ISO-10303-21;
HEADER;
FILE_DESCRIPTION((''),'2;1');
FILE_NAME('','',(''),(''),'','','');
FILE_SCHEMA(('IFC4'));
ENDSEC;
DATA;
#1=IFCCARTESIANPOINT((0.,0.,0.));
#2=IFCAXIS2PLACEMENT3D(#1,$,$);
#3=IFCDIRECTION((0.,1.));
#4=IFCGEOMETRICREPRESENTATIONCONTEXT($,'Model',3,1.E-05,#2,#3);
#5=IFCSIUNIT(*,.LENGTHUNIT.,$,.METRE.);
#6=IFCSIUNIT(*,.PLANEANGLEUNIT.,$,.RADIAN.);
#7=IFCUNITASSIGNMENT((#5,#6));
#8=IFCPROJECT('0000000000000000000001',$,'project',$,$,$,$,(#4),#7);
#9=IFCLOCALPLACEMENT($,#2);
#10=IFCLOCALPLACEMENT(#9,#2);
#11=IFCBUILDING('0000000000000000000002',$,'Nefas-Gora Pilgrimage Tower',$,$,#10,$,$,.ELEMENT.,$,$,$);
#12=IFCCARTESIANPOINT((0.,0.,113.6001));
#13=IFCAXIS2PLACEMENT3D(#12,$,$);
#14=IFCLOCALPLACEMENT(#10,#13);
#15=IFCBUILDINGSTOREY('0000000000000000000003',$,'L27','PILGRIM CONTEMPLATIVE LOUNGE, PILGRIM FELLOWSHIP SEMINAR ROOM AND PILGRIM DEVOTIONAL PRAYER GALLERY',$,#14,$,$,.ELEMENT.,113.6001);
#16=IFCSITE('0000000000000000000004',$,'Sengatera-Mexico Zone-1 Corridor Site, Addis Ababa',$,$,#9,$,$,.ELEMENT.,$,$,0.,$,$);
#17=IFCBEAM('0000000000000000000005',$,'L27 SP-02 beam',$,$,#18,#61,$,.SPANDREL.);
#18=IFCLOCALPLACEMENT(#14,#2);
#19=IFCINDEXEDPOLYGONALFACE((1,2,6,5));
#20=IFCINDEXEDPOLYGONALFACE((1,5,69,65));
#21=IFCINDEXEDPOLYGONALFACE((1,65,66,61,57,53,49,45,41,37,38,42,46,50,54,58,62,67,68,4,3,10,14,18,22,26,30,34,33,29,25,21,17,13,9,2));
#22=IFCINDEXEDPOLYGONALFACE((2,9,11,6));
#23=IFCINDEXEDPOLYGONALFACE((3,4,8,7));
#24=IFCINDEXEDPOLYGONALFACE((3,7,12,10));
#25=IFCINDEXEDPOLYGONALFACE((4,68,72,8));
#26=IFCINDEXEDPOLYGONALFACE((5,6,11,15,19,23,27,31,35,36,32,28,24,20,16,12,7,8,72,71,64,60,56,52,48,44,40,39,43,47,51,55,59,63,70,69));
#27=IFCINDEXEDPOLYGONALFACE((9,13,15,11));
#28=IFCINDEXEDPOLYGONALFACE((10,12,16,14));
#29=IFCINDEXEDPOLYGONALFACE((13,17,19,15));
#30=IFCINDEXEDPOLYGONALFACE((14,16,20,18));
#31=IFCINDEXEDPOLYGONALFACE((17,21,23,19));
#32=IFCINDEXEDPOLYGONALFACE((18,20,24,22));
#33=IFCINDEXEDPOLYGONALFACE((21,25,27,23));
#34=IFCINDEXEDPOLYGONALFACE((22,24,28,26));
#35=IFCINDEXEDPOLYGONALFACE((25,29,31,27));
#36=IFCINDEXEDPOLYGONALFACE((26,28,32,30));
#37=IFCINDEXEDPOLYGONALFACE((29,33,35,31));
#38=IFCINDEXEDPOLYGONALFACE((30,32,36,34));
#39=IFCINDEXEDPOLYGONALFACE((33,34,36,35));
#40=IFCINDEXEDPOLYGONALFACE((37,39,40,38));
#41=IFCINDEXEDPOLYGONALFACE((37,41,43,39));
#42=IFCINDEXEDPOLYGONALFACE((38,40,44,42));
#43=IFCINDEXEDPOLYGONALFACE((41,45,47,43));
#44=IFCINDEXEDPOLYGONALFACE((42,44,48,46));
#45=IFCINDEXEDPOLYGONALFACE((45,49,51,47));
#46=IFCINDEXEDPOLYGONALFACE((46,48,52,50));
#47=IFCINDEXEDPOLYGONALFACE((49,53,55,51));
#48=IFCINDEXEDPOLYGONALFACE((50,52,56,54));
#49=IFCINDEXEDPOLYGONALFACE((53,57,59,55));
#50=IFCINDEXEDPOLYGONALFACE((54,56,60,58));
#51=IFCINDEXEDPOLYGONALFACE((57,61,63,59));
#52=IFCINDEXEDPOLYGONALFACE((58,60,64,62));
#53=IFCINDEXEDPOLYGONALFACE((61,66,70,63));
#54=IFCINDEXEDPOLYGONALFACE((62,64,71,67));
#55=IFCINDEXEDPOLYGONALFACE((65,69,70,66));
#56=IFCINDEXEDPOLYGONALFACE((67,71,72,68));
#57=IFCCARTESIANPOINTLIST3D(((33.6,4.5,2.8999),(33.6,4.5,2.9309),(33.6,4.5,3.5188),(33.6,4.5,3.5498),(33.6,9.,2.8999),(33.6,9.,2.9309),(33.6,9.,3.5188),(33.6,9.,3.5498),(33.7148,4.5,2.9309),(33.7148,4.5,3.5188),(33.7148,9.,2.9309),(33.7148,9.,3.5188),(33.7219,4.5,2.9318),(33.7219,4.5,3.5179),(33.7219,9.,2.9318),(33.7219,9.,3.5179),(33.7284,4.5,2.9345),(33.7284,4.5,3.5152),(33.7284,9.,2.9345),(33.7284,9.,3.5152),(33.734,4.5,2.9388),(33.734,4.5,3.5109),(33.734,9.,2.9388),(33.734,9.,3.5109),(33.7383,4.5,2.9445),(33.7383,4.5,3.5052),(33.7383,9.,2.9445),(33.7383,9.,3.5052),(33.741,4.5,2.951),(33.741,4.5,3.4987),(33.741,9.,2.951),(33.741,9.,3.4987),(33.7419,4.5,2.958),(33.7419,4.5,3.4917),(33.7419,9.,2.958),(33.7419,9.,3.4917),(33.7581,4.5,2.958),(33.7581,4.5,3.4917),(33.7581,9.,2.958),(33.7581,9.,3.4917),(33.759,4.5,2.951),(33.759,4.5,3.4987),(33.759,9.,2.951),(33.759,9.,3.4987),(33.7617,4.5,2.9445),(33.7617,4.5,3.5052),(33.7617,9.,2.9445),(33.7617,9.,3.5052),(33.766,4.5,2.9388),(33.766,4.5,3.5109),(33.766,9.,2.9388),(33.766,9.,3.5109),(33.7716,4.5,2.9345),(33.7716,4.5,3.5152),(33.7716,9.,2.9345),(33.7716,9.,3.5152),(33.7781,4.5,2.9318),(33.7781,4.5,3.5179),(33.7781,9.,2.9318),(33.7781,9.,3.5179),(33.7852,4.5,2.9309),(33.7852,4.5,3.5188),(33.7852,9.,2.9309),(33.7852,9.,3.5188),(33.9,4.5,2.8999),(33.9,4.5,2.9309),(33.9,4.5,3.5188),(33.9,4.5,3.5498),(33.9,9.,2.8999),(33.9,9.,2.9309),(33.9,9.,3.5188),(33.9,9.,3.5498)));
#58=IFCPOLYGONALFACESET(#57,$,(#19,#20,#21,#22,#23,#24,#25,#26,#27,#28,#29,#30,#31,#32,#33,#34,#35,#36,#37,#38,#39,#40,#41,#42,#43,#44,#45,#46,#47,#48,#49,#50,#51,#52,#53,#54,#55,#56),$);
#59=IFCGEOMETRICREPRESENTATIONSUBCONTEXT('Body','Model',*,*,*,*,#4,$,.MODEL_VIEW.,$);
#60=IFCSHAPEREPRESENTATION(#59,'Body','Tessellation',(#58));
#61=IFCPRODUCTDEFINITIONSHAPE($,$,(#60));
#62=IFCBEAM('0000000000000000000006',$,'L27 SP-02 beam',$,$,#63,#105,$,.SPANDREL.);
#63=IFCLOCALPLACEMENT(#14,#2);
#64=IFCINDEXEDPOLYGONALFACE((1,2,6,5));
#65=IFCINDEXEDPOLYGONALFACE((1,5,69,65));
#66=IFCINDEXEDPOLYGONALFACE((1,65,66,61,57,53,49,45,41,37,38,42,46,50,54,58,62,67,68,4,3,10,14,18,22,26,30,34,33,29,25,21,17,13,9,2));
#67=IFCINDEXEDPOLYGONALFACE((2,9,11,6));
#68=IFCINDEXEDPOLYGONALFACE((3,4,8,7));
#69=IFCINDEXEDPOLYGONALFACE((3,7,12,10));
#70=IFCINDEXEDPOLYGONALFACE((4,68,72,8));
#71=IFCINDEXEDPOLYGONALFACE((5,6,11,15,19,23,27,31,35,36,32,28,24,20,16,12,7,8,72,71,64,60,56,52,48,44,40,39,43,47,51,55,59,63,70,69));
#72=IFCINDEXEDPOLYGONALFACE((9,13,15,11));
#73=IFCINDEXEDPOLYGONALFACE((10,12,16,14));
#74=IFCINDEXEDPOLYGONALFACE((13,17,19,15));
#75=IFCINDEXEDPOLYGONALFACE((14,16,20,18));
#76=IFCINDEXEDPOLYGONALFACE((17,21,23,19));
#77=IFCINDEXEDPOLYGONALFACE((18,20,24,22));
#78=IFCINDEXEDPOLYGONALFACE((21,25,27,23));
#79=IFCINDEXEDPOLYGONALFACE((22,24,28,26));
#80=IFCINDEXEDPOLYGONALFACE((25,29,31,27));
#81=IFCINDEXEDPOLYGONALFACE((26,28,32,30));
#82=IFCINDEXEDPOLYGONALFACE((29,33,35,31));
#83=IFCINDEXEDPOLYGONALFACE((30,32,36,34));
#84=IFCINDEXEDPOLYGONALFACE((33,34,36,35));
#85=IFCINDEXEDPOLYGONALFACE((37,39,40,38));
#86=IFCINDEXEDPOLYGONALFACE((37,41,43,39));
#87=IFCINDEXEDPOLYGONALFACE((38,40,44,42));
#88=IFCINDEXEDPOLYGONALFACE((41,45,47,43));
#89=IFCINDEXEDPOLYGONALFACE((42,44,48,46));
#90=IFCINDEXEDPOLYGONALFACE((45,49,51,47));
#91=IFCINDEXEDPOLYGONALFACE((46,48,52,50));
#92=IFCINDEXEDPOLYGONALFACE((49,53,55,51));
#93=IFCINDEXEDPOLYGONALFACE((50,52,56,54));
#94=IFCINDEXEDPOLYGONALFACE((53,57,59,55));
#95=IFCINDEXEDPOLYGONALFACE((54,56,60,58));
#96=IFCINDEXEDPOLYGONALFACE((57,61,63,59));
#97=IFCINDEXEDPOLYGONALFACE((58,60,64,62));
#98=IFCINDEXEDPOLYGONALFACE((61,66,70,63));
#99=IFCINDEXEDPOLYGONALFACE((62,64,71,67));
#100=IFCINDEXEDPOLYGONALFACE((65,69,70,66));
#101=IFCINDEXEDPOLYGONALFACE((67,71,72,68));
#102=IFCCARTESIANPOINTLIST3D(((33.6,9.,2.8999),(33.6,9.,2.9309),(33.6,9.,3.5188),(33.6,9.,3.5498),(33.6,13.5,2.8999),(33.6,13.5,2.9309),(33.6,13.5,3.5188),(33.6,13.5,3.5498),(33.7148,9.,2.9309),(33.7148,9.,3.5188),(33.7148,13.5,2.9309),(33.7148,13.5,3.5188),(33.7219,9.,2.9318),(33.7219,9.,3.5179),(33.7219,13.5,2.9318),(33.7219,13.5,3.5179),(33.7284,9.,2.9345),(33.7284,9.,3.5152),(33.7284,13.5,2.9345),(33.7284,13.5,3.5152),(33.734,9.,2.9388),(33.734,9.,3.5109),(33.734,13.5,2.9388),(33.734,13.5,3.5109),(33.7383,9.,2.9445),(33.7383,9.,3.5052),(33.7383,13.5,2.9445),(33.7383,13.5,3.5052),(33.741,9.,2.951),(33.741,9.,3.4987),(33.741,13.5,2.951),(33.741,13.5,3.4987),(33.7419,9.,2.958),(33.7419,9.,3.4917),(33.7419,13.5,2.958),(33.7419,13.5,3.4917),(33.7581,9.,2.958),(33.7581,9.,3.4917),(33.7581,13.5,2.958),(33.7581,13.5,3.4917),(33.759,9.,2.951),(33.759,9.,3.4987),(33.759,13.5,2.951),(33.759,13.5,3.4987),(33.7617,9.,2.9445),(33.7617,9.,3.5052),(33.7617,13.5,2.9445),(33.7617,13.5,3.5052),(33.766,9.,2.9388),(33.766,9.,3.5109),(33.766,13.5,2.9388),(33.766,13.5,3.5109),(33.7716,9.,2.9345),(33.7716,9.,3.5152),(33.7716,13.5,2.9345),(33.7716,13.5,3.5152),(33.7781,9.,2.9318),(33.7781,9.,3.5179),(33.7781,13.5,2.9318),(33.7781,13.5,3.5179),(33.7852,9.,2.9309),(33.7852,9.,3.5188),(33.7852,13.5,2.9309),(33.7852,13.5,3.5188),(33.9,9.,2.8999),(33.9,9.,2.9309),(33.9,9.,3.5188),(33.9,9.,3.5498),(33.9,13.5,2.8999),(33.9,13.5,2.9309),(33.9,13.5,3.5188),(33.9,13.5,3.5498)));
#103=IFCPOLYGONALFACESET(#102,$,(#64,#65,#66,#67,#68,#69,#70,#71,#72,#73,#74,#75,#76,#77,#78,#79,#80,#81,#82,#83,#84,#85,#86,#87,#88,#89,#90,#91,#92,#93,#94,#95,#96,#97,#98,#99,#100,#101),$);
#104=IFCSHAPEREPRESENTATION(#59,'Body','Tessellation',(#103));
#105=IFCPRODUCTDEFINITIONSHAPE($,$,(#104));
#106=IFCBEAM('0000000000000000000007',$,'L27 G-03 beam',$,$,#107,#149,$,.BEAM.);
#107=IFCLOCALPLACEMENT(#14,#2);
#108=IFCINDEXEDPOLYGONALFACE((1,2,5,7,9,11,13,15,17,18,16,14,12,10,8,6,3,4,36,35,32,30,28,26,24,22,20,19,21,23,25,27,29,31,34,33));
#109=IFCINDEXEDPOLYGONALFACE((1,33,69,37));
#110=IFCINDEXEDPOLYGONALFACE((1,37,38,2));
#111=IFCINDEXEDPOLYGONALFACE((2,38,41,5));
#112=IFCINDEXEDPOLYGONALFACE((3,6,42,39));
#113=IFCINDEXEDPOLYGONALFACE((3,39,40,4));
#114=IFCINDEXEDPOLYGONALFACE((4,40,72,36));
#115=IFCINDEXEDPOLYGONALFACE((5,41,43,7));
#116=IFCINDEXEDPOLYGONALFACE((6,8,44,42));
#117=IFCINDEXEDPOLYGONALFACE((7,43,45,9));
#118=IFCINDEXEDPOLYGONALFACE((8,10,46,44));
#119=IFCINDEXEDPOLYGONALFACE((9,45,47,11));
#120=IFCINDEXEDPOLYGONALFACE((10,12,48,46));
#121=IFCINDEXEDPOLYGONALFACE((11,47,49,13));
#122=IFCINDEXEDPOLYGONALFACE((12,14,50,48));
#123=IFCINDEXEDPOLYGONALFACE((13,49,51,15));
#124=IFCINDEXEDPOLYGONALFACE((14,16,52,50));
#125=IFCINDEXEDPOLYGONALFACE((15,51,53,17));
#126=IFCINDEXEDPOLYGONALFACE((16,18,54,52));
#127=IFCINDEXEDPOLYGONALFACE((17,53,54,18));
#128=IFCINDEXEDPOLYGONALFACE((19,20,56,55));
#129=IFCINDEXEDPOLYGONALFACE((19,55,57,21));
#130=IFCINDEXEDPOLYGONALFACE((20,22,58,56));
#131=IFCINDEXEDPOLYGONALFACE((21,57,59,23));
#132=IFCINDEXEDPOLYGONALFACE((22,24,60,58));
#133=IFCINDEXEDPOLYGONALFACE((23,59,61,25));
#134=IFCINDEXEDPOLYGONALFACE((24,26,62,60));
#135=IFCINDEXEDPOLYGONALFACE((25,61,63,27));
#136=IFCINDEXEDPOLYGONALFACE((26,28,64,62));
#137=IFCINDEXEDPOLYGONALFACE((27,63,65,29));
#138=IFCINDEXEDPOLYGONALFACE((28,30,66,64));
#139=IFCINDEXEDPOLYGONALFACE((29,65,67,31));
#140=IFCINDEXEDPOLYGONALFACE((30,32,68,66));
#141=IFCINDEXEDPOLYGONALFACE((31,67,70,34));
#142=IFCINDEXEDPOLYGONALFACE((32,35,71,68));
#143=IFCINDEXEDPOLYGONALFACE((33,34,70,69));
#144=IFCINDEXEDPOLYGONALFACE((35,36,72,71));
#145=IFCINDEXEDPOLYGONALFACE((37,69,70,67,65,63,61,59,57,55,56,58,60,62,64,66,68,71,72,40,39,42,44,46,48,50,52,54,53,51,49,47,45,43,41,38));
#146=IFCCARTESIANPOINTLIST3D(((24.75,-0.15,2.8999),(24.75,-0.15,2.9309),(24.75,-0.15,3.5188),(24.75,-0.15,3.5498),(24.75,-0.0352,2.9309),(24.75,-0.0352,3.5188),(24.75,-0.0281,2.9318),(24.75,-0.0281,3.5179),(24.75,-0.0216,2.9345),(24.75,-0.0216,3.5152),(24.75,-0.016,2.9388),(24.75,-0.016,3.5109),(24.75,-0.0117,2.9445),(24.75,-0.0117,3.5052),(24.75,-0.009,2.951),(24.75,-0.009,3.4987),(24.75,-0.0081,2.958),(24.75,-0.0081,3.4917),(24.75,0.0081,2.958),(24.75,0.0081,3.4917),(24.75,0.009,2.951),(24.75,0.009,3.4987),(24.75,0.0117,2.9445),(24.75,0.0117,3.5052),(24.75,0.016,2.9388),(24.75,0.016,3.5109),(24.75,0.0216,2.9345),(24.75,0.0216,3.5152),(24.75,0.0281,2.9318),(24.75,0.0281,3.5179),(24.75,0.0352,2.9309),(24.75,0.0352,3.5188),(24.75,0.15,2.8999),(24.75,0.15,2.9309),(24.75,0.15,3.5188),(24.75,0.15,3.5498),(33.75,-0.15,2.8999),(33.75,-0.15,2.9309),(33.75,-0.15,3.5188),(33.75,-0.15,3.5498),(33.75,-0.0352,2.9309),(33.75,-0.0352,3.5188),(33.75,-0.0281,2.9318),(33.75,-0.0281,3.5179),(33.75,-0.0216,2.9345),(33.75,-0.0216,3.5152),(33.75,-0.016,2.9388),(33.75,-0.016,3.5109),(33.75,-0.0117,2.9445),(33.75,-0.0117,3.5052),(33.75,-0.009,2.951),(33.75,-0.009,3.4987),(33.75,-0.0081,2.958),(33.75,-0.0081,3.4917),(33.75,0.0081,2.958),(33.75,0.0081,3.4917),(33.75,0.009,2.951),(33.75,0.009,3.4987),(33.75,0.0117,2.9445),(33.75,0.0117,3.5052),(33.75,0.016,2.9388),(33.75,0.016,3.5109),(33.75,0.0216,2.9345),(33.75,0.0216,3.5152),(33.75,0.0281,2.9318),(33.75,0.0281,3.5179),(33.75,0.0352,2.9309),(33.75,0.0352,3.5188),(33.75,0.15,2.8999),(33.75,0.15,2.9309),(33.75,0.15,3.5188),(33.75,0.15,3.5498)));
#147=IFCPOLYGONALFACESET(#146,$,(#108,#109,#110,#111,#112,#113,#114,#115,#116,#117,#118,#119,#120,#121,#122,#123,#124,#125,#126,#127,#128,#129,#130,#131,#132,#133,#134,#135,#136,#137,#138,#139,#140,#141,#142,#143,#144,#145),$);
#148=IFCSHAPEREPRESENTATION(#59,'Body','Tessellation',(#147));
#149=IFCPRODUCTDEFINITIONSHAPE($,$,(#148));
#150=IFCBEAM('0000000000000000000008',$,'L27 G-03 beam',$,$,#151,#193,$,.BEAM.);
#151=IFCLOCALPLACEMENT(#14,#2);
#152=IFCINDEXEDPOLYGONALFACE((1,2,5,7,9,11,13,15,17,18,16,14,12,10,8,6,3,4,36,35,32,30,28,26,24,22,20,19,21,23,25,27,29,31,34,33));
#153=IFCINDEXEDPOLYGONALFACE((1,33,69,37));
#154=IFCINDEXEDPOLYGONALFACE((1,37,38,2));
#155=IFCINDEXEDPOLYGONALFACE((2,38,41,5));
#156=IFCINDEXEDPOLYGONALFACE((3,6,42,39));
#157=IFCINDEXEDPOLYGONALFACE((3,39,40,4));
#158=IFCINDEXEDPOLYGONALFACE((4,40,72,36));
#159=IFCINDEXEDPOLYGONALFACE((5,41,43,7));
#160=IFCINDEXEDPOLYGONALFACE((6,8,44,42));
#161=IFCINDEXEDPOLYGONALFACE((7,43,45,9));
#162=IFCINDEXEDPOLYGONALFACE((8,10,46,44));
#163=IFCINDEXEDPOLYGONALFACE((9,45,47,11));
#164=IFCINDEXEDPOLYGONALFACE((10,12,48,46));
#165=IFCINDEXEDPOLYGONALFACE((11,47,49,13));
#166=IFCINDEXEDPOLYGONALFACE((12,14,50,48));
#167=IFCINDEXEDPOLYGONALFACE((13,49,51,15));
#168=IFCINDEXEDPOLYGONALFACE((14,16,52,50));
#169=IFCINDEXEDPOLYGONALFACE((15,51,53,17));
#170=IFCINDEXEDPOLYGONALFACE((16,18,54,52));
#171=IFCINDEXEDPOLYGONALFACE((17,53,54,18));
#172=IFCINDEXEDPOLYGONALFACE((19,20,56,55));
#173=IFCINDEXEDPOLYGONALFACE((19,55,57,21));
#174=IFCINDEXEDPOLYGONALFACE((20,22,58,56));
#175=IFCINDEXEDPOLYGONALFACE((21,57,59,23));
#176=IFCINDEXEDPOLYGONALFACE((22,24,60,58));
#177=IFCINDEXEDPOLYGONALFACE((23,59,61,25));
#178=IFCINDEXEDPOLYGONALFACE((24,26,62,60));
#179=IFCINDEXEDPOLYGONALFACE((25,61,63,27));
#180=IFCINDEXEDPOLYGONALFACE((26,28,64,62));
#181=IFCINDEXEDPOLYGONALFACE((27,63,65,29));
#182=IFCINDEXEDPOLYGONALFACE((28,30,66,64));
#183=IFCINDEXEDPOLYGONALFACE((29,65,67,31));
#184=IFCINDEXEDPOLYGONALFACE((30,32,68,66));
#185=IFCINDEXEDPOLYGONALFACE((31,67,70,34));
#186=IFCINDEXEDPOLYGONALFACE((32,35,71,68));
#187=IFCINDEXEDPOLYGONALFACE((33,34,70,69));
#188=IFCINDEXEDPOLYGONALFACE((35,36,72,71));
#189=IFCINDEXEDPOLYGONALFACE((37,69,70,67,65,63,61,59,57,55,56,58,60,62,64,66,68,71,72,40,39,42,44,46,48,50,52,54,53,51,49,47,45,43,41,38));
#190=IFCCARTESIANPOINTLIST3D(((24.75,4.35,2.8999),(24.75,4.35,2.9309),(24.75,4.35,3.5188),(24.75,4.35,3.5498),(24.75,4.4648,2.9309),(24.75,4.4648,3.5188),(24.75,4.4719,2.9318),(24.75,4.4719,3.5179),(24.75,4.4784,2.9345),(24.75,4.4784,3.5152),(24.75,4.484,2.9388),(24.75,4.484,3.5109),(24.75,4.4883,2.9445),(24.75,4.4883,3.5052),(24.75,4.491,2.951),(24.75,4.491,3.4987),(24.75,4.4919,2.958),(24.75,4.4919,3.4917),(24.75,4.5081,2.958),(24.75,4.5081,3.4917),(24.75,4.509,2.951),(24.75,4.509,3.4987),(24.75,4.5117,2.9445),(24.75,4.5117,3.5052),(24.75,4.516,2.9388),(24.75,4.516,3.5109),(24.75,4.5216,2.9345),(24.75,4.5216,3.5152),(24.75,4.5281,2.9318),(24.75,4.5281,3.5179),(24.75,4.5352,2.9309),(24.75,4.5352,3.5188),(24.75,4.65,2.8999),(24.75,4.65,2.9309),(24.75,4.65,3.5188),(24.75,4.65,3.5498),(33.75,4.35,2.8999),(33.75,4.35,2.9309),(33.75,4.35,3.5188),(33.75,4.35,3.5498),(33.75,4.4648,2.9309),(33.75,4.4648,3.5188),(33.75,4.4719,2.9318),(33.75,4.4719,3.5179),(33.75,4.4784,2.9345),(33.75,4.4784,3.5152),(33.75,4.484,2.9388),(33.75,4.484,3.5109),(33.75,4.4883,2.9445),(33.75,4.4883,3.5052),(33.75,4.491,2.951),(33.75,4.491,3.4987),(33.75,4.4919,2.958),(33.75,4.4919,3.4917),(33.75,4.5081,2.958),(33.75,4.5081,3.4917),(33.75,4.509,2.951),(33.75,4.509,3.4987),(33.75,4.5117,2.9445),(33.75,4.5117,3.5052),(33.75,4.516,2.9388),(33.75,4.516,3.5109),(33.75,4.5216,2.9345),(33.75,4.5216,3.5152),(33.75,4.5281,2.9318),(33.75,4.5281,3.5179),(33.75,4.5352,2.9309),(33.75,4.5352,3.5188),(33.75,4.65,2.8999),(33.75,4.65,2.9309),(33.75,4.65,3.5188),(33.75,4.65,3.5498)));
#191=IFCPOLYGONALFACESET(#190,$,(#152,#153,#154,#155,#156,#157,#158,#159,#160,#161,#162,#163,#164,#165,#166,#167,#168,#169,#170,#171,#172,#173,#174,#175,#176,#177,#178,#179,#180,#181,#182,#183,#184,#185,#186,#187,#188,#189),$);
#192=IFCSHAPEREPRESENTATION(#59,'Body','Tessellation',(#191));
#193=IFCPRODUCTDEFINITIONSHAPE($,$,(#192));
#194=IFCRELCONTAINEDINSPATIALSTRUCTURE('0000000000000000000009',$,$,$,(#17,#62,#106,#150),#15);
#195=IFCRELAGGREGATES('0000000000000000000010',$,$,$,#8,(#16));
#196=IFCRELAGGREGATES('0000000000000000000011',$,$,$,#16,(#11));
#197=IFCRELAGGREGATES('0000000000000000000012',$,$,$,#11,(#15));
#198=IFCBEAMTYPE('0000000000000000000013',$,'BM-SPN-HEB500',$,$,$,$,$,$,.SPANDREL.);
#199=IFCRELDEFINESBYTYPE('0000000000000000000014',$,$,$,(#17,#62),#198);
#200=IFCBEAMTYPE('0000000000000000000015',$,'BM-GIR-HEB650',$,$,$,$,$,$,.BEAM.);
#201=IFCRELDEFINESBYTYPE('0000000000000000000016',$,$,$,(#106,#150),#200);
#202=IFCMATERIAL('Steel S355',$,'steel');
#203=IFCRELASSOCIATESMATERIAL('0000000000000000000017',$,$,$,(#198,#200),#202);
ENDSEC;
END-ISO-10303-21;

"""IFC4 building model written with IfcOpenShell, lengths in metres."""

from ifc_helpers import new_model, si_unit, direction, frame, origin, origin_2d, place, context, subcontext, project, spatial, i_section, extrude, source, transform, mapped, material, material_profile, profile_set, type_object, element, save


model = new_model("IFC4")

# Units and contexts
model_context = context("Model", 3, precision=1e-05, world=origin(), true_north=direction((0.0, 1.0)))
body_context = subcontext(model_context, "Body", "Model", "MODEL_VIEW")
ifc_project = project(units=[si_unit("LENGTHUNIT", "METRE"), si_unit("PLANEANGLEUNIT", "RADIAN")], contexts=[model_context])

# Site, building, storey
site_placement = place(None, origin())
site = spatial("IfcSite", under=ifc_project, at=site_placement, Name="Sengatera-Mexico Zone-1 Corridor Site, Addis Ababa", CompositionType="ELEMENT", RefElevation=0.0)
building_placement = place(site_placement, origin())
building = spatial("IfcBuilding", under=site, at=building_placement, Name="Nefas-Gora Pilgrimage Tower", CompositionType="ELEMENT")
storey_placement = place(building_placement, frame((0.0, 0.0, 113.6001)))
storey = spatial("IfcBuildingStorey", under=building, at=storey_placement, Name="L27", Description="PILGRIM CONTEMPLATIVE LOUNGE, PILGRIM FELLOWSHIP SEMINAR ROOM AND PILGRIM DEVOTIONAL PRAYER GALLERY", CompositionType="ELEMENT", Elevation=113.6001)

# Beams
ifc_material_1 = material(Name="Steel S355", Category="steel")
ifc_material_profile_1 = material_profile(ifc_material_1, i_section(OverallWidth=0.3, OverallDepth=0.6499, WebThickness=0.0161, FlangeThickness=0.031, FilletRadius=0.0271, at=origin_2d()), Name="HEB 650")
ifc_profile_set_1 = profile_set([ifc_material_profile_1], Name="Steel S355")
beam_type_1 = type_object("IfcBeamType", Name="BM-SPN-HEB500", PredefinedType="SPANDREL", material=ifc_profile_set_1)
shared_shape_1 = source(origin(), body_context, "Body", "SweptSolid", [
    extrude(i_section(OverallWidth=0.3, OverallDepth=0.6499, WebThickness=0.0161, FlangeThickness=0.031, FilletRadius=0.0271, at=origin_2d()), origin(), (0.0, 0.0, 1.0), 4.5),
])
for number, where, z_axis, x_axis, name in (
    (1, (33.75, 4.5, 3.2249), (0.0, 1.0, 0.0), (-1.0, 0.0, 0.0), "L27 SP-02 beam"),
    (2, (33.75, 9.0, 3.2249), (0.0, 1.0, 0.0), (-1.0, 0.0, 0.0), "L27 SP-02 beam"),
):
    element("IfcBeam", number, at=place(storey_placement, frame(where, z_axis=z_axis, x_axis=x_axis)), inside=storey, type_object=beam_type_1, Name=name, PredefinedType="SPANDREL", context=body_context, shape_type="MappedRepresentation", body=[
        mapped(shared_shape_1, transform((0.0, 0.0, 0.0), x_axis=(1.0, 0.0, 0.0), y_axis=(0.0, 1.0, 0.0), z_axis=(0.0, 0.0, 1.0), scale=1.0)),
    ])
ifc_material_profile_2 = material_profile(ifc_material_1, i_section(OverallWidth=0.3, OverallDepth=0.6499, WebThickness=0.0161, FlangeThickness=0.031, FilletRadius=0.0271, at=origin_2d()), Name="HEB 650")
ifc_profile_set_2 = profile_set([ifc_material_profile_2], Name="Steel S355")
beam_type_2 = type_object("IfcBeamType", Name="BM-GIR-HEB650", PredefinedType="BEAM", material=ifc_profile_set_2)
shared_shape_2 = source(origin(), body_context, "Body", "SweptSolid", [
    extrude(i_section(OverallWidth=0.3, OverallDepth=0.6499, WebThickness=0.0161, FlangeThickness=0.031, FilletRadius=0.0271, at=origin_2d()), origin(), (0.0, 0.0, 1.0), 9.0),
])
for number, where, z_axis, x_axis, name in (
    (3, (24.75, 0.0, 3.2249), (1.0, 0.0, 0.0), (0.0, 1.0, 0.0), "L27 G-03 beam"),
    (4, (24.75, 4.5, 3.2249), (1.0, 0.0, 0.0), (0.0, 1.0, 0.0), "L27 G-03 beam"),
):
    element("IfcBeam", number, at=place(storey_placement, frame(where, z_axis=z_axis, x_axis=x_axis)), inside=storey, type_object=beam_type_2, Name=name, PredefinedType="BEAM", context=body_context, shape_type="MappedRepresentation", body=[
        mapped(shared_shape_2, transform((0.0, 0.0, 0.0), x_axis=(1.0, 0.0, 0.0), y_axis=(0.0, 1.0, 0.0), z_axis=(0.0, 0.0, 1.0), scale=1.0)),
    ])

save(model, "model.ifc")
